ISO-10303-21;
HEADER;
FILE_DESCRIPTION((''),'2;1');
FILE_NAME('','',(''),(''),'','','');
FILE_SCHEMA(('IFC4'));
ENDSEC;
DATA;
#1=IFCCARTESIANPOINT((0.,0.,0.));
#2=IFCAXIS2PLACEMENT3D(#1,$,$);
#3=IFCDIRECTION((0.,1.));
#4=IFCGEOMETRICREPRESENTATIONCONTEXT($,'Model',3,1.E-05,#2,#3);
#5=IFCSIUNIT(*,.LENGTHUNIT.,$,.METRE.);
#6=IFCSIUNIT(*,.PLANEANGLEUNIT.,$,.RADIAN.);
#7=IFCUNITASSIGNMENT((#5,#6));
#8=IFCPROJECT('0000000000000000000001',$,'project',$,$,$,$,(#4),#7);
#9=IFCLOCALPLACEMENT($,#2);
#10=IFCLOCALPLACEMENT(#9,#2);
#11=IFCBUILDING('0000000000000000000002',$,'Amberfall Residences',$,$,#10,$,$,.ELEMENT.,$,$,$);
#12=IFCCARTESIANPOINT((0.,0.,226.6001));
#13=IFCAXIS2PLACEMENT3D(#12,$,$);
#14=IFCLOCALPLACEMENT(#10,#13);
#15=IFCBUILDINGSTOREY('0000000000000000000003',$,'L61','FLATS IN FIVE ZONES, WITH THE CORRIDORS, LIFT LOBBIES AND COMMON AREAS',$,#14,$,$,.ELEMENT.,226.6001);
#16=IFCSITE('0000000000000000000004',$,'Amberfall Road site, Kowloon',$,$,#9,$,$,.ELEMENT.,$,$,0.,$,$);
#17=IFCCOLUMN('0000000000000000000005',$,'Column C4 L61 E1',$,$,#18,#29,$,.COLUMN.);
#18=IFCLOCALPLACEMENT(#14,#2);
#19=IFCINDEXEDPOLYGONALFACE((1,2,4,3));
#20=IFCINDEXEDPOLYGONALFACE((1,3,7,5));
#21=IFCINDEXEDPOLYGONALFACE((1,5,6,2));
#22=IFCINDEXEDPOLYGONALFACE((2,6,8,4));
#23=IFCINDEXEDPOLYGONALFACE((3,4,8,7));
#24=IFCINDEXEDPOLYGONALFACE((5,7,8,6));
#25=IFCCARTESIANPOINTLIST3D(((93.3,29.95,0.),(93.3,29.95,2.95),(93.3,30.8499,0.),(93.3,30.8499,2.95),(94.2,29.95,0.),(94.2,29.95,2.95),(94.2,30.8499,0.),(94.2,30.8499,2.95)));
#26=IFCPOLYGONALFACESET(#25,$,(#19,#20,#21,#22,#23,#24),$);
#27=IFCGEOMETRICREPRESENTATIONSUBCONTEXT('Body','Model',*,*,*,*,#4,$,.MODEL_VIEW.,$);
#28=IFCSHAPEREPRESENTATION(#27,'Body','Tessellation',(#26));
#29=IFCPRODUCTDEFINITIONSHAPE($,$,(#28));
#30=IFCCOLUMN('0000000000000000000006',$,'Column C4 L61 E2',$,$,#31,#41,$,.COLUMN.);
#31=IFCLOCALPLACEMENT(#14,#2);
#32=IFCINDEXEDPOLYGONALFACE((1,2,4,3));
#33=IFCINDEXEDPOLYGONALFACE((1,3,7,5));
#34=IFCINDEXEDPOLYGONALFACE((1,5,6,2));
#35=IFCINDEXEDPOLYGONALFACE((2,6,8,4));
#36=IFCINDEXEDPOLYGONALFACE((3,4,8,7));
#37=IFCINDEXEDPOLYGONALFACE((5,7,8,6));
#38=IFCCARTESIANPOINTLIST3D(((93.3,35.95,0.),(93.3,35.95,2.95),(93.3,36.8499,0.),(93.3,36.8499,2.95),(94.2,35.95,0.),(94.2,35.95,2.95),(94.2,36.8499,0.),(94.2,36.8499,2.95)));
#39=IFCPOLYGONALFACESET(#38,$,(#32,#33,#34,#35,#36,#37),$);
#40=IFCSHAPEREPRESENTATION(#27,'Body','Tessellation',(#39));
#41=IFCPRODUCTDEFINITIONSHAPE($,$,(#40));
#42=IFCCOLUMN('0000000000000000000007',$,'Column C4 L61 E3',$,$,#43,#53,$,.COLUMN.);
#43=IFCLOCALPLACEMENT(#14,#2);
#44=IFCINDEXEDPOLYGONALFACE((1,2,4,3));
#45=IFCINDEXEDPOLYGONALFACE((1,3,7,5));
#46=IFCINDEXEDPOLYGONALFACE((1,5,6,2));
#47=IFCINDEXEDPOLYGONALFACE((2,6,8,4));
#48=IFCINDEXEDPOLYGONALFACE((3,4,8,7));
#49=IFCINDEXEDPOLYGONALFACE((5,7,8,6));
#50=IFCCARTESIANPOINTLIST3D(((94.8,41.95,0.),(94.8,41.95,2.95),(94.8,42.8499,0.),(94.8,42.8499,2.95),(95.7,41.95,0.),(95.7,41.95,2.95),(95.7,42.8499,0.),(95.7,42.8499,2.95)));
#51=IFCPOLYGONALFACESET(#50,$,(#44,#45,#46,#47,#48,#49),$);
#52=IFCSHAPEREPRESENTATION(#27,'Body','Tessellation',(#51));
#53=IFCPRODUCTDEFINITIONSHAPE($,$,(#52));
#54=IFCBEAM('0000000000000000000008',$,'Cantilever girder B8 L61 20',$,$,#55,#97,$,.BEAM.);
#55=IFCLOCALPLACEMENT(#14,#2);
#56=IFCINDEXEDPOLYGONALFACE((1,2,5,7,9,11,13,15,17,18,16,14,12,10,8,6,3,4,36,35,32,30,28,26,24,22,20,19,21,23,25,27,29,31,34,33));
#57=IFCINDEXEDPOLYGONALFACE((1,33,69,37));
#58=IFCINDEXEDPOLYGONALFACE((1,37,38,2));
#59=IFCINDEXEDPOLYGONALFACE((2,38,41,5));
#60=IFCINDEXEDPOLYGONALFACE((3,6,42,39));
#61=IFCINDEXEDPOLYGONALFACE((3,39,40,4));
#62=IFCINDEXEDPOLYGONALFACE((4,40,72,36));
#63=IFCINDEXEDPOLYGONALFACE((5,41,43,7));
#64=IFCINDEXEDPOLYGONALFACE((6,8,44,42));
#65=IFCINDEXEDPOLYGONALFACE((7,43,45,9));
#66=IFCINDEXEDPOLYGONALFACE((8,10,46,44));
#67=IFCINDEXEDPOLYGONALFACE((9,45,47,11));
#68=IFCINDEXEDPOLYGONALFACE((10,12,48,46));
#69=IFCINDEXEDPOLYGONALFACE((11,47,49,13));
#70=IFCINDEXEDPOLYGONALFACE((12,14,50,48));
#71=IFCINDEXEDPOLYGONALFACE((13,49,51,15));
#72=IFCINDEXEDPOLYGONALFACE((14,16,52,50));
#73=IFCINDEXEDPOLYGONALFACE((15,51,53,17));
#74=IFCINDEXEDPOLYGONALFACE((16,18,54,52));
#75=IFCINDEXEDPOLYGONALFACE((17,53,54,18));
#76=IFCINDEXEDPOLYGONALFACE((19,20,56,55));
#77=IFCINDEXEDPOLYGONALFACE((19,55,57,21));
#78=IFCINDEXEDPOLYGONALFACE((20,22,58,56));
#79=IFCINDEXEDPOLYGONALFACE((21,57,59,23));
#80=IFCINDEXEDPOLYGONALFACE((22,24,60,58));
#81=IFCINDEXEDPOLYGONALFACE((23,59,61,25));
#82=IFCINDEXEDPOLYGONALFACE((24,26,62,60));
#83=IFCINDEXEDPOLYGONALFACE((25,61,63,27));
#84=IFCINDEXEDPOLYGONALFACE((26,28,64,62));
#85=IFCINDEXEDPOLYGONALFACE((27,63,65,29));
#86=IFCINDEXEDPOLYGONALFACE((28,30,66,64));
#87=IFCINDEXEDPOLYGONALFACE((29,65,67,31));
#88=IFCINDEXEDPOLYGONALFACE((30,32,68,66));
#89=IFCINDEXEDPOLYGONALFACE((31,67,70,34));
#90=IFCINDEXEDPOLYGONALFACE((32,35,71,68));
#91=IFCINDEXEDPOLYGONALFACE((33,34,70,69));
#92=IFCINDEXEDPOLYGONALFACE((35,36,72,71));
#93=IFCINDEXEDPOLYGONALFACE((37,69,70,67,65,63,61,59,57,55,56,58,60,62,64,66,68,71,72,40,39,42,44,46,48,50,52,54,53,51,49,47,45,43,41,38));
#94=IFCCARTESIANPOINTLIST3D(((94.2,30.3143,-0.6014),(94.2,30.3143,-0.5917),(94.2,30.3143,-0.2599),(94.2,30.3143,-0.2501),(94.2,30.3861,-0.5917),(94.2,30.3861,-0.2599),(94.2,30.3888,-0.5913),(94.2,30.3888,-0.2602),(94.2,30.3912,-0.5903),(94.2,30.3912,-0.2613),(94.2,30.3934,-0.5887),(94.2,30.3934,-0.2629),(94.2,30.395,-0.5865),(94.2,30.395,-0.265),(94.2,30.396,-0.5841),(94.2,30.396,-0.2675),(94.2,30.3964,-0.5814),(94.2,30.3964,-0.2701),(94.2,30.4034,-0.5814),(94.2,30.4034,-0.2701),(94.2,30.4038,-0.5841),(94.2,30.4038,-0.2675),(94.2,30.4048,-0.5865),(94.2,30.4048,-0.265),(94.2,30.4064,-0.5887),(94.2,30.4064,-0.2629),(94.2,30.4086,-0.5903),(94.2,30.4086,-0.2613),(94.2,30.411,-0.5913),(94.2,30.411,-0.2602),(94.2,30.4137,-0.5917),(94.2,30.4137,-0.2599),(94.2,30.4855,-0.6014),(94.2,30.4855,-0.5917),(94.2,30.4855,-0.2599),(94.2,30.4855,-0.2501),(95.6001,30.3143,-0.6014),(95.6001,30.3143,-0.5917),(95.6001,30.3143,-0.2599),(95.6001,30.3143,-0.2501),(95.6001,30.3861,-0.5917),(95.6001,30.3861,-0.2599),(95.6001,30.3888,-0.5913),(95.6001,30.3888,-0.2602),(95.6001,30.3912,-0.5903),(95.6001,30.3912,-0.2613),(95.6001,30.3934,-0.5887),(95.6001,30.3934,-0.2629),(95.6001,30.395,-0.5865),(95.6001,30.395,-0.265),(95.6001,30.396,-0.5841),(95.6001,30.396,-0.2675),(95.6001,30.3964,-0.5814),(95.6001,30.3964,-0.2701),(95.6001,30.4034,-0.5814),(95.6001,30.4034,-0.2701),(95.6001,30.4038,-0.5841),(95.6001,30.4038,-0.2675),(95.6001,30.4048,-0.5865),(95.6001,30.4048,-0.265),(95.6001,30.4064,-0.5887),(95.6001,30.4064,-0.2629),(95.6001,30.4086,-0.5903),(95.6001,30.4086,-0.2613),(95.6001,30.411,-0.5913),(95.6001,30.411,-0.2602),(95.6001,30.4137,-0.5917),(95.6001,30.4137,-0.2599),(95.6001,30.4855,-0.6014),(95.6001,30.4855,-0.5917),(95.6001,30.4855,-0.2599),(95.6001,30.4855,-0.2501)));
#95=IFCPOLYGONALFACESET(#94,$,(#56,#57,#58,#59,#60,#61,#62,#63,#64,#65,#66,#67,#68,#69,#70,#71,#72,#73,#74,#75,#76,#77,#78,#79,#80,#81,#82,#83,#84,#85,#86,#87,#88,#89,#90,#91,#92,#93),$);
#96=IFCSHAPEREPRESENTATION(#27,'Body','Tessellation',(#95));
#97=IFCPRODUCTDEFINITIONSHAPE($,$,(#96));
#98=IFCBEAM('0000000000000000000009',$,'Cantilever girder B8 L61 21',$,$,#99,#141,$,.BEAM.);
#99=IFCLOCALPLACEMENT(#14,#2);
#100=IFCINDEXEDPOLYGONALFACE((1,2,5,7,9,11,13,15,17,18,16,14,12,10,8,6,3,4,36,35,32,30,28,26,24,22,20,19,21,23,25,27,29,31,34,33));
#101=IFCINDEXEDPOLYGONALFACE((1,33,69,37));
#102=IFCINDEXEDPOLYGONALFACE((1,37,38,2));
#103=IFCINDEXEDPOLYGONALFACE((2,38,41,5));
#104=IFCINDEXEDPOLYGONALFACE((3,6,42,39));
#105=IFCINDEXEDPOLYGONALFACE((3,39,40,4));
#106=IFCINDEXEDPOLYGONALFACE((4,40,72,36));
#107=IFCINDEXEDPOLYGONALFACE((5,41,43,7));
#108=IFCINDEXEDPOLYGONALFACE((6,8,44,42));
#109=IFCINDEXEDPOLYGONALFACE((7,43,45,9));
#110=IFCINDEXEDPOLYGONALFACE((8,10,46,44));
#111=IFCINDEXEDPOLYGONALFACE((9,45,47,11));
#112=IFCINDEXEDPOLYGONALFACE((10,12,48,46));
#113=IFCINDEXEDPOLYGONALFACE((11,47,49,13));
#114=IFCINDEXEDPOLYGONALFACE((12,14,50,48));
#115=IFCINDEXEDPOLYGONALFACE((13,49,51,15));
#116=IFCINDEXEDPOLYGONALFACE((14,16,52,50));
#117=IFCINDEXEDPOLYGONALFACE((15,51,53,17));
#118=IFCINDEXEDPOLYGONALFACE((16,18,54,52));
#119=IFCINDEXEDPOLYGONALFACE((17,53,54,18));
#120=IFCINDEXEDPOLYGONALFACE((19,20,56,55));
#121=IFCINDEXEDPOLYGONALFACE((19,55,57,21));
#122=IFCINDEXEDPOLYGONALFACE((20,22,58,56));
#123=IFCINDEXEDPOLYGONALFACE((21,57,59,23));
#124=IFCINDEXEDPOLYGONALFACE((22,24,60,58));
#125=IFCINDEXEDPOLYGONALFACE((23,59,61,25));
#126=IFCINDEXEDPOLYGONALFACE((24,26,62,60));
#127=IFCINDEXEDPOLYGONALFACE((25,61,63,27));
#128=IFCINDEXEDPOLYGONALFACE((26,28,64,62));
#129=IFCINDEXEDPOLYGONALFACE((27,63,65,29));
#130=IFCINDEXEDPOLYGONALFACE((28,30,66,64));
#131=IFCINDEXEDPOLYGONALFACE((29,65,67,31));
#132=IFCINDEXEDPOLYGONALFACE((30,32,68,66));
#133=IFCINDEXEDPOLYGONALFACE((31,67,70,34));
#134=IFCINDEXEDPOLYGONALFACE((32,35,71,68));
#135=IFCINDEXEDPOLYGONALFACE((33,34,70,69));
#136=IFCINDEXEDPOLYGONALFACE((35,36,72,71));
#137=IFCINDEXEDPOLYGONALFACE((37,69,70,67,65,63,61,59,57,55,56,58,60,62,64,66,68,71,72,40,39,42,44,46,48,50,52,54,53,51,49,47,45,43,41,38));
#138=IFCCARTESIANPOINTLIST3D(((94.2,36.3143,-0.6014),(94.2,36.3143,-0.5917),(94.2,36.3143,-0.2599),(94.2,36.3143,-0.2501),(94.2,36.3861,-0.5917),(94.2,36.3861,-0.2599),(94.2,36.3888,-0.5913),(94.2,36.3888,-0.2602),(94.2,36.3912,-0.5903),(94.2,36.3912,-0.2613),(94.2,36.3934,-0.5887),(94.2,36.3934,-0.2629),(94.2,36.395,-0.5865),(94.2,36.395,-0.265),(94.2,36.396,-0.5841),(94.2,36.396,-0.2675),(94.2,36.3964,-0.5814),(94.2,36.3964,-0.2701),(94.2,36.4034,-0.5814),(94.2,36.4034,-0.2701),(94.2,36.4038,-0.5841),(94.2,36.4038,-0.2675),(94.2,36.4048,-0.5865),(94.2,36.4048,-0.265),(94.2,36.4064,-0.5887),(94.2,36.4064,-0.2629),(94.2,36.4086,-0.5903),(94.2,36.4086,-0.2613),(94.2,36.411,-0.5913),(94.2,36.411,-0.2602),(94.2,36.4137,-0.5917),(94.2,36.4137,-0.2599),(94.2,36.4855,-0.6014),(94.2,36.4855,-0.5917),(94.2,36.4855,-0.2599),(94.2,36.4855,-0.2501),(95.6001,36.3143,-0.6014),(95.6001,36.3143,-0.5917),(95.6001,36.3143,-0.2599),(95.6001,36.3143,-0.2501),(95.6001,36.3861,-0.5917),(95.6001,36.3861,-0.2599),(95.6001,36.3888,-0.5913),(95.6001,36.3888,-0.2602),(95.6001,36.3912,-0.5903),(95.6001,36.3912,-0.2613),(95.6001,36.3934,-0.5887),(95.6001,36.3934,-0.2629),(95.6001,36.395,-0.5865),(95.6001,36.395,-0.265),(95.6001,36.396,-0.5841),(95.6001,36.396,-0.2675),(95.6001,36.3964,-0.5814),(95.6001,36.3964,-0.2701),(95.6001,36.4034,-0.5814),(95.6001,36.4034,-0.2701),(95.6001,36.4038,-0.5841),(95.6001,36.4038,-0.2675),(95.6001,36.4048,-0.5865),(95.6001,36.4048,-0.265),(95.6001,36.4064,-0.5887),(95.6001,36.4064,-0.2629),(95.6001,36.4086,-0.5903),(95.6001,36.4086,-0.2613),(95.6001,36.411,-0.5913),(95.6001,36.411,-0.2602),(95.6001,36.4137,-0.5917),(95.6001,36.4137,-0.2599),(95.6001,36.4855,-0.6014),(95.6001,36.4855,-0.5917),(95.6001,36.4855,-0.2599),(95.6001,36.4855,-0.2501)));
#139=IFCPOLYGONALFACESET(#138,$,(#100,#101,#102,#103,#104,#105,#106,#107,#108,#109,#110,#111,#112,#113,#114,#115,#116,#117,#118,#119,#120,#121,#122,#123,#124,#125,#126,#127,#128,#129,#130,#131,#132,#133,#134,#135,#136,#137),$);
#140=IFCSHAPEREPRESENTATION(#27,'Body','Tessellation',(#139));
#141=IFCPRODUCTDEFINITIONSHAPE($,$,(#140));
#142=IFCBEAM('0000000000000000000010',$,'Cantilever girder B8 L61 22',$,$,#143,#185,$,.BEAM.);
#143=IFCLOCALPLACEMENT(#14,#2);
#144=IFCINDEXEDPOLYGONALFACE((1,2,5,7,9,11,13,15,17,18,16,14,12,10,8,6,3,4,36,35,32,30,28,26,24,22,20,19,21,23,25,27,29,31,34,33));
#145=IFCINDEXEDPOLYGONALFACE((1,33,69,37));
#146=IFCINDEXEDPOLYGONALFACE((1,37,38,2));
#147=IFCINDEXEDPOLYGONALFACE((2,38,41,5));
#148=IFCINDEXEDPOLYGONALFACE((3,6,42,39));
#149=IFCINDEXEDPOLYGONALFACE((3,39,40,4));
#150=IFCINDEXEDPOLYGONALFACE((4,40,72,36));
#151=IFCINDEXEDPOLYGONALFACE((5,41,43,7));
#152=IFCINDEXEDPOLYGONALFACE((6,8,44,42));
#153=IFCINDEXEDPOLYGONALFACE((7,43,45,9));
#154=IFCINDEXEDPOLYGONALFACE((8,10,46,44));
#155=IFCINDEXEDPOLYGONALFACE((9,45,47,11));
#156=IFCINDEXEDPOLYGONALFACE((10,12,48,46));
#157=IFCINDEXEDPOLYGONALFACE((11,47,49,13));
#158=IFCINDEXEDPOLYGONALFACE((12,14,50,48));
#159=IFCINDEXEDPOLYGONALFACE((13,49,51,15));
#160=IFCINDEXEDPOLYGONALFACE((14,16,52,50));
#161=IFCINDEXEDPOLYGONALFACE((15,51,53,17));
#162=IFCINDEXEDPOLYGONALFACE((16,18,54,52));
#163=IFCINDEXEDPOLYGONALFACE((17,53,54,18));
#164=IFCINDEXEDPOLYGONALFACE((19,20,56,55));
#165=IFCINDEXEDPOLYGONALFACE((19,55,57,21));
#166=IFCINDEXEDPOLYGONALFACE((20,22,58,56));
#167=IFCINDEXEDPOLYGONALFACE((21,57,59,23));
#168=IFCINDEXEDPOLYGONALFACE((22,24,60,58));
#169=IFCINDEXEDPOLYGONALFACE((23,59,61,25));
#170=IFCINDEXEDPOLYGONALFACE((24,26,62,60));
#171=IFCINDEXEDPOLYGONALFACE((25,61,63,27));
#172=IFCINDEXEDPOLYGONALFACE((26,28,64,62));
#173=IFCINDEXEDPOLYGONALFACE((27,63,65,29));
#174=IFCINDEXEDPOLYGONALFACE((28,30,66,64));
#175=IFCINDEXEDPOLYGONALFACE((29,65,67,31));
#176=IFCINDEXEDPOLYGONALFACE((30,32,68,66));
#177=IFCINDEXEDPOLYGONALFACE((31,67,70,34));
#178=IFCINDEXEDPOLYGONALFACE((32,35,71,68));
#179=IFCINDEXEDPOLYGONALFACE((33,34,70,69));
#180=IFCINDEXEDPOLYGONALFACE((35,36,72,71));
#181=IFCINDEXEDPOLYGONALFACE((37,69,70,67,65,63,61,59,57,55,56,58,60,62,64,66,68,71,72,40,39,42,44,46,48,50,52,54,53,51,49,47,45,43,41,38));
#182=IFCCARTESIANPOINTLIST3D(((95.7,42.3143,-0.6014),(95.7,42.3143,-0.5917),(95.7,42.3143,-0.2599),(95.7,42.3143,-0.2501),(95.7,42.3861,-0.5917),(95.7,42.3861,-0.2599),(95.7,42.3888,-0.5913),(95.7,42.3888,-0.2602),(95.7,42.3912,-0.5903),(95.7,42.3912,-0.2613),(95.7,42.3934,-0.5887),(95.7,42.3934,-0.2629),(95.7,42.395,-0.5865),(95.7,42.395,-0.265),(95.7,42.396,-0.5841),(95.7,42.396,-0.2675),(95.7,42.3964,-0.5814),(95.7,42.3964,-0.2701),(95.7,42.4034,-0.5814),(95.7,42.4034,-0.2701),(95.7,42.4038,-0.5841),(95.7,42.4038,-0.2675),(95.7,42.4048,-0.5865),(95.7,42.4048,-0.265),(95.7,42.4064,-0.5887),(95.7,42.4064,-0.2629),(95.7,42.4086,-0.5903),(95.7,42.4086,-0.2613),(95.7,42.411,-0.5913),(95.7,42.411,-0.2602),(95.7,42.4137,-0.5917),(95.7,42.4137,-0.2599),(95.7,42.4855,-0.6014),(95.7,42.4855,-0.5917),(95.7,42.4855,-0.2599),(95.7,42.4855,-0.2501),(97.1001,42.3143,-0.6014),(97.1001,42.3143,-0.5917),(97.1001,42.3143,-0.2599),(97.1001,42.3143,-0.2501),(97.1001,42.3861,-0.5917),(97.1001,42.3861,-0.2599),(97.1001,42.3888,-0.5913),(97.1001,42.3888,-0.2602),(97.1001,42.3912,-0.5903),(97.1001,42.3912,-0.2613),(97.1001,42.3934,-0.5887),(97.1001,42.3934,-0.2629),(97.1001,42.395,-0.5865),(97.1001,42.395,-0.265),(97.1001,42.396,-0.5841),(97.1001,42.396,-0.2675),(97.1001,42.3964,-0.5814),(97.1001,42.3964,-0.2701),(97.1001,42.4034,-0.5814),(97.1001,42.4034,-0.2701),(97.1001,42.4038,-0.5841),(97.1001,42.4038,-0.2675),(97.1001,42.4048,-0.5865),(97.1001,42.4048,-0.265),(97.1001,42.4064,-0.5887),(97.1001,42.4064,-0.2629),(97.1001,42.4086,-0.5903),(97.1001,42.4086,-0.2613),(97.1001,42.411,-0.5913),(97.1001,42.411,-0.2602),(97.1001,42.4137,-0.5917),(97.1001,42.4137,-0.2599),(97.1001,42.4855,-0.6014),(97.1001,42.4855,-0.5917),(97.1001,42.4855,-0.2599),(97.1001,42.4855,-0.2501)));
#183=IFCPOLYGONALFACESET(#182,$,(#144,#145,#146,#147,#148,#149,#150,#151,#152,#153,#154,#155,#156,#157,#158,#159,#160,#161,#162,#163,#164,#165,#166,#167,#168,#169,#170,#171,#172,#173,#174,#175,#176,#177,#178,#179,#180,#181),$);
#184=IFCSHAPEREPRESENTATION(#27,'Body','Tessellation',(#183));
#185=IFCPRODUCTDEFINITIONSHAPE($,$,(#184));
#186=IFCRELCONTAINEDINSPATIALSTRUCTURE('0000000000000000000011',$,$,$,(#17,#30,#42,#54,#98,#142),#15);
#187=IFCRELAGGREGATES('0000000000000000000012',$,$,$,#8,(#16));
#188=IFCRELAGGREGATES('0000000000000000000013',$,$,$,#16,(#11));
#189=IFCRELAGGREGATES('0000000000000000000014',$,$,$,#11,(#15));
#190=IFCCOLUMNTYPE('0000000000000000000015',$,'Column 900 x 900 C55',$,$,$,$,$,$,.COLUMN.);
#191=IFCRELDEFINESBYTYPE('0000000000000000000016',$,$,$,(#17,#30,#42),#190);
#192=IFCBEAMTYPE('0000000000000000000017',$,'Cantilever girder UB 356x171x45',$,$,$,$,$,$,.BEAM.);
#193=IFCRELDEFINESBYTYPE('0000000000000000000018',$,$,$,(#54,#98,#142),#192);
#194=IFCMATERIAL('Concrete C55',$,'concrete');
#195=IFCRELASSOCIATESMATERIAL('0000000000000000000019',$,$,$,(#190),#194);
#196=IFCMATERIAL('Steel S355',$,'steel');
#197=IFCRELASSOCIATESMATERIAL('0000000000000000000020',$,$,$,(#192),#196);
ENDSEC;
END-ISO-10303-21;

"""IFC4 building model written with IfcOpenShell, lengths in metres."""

from ifc_helpers import new_model, si_unit, direction, frame, origin, origin_2d, place, context, subcontext, project, spatial, rectangle, i_section, extrude, material, material_profile, profile_set, type_object, element, save


model = new_model("IFC4")

# Units and contexts
model_context = context("Model", 3, precision=1e-05, world=origin(), true_north=direction((0.0, 1.0)))
body_context = subcontext(model_context, "Body", "Model", "MODEL_VIEW")
ifc_project = project(units=[si_unit("LENGTHUNIT", "METRE"), si_unit("PLANEANGLEUNIT", "RADIAN")], contexts=[model_context])

# Site, building, storey
site_placement = place(None, origin())
site = spatial("IfcSite", under=ifc_project, at=site_placement, Name="Amberfall Road site, Kowloon", CompositionType="ELEMENT", RefElevation=0.0)
building_placement = place(site_placement, origin())
building = spatial("IfcBuilding", under=site, at=building_placement, Name="Amberfall Residences", CompositionType="ELEMENT")
storey_placement = place(building_placement, frame((0.0, 0.0, 226.6001)))
storey = spatial("IfcBuildingStorey", under=building, at=storey_placement, Name="L61", Description="FLATS IN FIVE ZONES, WITH THE CORRIDORS, LIFT LOBBIES AND COMMON AREAS", CompositionType="ELEMENT", Elevation=226.6001)

# Columns
ifc_material_1 = material(Name="Concrete C55", Category="concrete")
ifc_material_profile_1 = material_profile(ifc_material_1, rectangle(XDim=0.8999, YDim=0.8999, at=origin_2d()), Name="Column 900 x 900 C55")
ifc_profile_set_1 = profile_set([ifc_material_profile_1], Name="Concrete C55")
column_type = type_object("IfcColumnType", Name="Column 900 x 900 C55", PredefinedType="COLUMN", material=ifc_profile_set_1)
for number, where, z_axis, x_axis, name in (
    (1, (93.75, 30.3999, 0.0), (0.0, 0.0, 1.0), (1.0, 0.0, 0.0), "Column C4 L61 E1"),
    (2, (93.75, 36.3999, 0.0), (0.0, 0.0, 1.0), (1.0, 0.0, 0.0), "Column C4 L61 E2"),
    (3, (95.25, 42.3999, 0.0), (0.0, 0.0, 1.0), (1.0, 0.0, 0.0), "Column C4 L61 E3"),
):
    element("IfcColumn", number, at=place(storey_placement, frame(where, z_axis=z_axis, x_axis=x_axis)), inside=storey, type_object=column_type, Name=name, PredefinedType="COLUMN", context=body_context, shape_type="SweptSolid", body=[
        extrude(rectangle(XDim=0.8999, YDim=0.8999, at=origin_2d()), origin(), (0.0, 0.0, 1.0), 2.95),
    ])

# Beams
ifc_material_2 = material(Name="Steel S355", Category="steel")
ifc_material_profile_2 = material_profile(ifc_material_2, i_section(OverallWidth=0.1711, OverallDepth=0.3513, WebThickness=0.0071, FlangeThickness=0.0098, FilletRadius=0.0103, at=origin_2d()), Name="UB 356x171x45")
ifc_profile_set_2 = profile_set([ifc_material_profile_2], Name="Steel S355")
beam_type_1 = type_object("IfcBeamType", Name="Cantilever girder UB 356x171x45", PredefinedType="BEAM", material=ifc_profile_set_2)
for number, where, z_axis, x_axis, name in (
    (4, (94.2, 30.3999, -0.4258), (1.0, 0.0, 0.0), (0.0, 1.0, 0.0), "Cantilever girder B8 L61 20"),
    (5, (94.2, 36.3999, -0.4258), (1.0, 0.0, 0.0), (0.0, 1.0, 0.0), "Cantilever girder B8 L61 21"),
    (6, (95.7, 42.3999, -0.4258), (1.0, 0.0, 0.0), (0.0, 1.0, 0.0), "Cantilever girder B8 L61 22"),
):
    element("IfcBeam", number, at=place(storey_placement, frame(where, z_axis=z_axis, x_axis=x_axis)), inside=storey, type_object=beam_type_1, Name=name, PredefinedType="BEAM", context=body_context, shape_type="SweptSolid", body=[
        extrude(i_section(OverallWidth=0.1711, OverallDepth=0.3513, WebThickness=0.0071, FlangeThickness=0.0098, FilletRadius=0.0103, at=origin_2d()), origin(), (0.0, 0.0, 1.0), 1.4001),
    ])

save(model, "model.ifc")
